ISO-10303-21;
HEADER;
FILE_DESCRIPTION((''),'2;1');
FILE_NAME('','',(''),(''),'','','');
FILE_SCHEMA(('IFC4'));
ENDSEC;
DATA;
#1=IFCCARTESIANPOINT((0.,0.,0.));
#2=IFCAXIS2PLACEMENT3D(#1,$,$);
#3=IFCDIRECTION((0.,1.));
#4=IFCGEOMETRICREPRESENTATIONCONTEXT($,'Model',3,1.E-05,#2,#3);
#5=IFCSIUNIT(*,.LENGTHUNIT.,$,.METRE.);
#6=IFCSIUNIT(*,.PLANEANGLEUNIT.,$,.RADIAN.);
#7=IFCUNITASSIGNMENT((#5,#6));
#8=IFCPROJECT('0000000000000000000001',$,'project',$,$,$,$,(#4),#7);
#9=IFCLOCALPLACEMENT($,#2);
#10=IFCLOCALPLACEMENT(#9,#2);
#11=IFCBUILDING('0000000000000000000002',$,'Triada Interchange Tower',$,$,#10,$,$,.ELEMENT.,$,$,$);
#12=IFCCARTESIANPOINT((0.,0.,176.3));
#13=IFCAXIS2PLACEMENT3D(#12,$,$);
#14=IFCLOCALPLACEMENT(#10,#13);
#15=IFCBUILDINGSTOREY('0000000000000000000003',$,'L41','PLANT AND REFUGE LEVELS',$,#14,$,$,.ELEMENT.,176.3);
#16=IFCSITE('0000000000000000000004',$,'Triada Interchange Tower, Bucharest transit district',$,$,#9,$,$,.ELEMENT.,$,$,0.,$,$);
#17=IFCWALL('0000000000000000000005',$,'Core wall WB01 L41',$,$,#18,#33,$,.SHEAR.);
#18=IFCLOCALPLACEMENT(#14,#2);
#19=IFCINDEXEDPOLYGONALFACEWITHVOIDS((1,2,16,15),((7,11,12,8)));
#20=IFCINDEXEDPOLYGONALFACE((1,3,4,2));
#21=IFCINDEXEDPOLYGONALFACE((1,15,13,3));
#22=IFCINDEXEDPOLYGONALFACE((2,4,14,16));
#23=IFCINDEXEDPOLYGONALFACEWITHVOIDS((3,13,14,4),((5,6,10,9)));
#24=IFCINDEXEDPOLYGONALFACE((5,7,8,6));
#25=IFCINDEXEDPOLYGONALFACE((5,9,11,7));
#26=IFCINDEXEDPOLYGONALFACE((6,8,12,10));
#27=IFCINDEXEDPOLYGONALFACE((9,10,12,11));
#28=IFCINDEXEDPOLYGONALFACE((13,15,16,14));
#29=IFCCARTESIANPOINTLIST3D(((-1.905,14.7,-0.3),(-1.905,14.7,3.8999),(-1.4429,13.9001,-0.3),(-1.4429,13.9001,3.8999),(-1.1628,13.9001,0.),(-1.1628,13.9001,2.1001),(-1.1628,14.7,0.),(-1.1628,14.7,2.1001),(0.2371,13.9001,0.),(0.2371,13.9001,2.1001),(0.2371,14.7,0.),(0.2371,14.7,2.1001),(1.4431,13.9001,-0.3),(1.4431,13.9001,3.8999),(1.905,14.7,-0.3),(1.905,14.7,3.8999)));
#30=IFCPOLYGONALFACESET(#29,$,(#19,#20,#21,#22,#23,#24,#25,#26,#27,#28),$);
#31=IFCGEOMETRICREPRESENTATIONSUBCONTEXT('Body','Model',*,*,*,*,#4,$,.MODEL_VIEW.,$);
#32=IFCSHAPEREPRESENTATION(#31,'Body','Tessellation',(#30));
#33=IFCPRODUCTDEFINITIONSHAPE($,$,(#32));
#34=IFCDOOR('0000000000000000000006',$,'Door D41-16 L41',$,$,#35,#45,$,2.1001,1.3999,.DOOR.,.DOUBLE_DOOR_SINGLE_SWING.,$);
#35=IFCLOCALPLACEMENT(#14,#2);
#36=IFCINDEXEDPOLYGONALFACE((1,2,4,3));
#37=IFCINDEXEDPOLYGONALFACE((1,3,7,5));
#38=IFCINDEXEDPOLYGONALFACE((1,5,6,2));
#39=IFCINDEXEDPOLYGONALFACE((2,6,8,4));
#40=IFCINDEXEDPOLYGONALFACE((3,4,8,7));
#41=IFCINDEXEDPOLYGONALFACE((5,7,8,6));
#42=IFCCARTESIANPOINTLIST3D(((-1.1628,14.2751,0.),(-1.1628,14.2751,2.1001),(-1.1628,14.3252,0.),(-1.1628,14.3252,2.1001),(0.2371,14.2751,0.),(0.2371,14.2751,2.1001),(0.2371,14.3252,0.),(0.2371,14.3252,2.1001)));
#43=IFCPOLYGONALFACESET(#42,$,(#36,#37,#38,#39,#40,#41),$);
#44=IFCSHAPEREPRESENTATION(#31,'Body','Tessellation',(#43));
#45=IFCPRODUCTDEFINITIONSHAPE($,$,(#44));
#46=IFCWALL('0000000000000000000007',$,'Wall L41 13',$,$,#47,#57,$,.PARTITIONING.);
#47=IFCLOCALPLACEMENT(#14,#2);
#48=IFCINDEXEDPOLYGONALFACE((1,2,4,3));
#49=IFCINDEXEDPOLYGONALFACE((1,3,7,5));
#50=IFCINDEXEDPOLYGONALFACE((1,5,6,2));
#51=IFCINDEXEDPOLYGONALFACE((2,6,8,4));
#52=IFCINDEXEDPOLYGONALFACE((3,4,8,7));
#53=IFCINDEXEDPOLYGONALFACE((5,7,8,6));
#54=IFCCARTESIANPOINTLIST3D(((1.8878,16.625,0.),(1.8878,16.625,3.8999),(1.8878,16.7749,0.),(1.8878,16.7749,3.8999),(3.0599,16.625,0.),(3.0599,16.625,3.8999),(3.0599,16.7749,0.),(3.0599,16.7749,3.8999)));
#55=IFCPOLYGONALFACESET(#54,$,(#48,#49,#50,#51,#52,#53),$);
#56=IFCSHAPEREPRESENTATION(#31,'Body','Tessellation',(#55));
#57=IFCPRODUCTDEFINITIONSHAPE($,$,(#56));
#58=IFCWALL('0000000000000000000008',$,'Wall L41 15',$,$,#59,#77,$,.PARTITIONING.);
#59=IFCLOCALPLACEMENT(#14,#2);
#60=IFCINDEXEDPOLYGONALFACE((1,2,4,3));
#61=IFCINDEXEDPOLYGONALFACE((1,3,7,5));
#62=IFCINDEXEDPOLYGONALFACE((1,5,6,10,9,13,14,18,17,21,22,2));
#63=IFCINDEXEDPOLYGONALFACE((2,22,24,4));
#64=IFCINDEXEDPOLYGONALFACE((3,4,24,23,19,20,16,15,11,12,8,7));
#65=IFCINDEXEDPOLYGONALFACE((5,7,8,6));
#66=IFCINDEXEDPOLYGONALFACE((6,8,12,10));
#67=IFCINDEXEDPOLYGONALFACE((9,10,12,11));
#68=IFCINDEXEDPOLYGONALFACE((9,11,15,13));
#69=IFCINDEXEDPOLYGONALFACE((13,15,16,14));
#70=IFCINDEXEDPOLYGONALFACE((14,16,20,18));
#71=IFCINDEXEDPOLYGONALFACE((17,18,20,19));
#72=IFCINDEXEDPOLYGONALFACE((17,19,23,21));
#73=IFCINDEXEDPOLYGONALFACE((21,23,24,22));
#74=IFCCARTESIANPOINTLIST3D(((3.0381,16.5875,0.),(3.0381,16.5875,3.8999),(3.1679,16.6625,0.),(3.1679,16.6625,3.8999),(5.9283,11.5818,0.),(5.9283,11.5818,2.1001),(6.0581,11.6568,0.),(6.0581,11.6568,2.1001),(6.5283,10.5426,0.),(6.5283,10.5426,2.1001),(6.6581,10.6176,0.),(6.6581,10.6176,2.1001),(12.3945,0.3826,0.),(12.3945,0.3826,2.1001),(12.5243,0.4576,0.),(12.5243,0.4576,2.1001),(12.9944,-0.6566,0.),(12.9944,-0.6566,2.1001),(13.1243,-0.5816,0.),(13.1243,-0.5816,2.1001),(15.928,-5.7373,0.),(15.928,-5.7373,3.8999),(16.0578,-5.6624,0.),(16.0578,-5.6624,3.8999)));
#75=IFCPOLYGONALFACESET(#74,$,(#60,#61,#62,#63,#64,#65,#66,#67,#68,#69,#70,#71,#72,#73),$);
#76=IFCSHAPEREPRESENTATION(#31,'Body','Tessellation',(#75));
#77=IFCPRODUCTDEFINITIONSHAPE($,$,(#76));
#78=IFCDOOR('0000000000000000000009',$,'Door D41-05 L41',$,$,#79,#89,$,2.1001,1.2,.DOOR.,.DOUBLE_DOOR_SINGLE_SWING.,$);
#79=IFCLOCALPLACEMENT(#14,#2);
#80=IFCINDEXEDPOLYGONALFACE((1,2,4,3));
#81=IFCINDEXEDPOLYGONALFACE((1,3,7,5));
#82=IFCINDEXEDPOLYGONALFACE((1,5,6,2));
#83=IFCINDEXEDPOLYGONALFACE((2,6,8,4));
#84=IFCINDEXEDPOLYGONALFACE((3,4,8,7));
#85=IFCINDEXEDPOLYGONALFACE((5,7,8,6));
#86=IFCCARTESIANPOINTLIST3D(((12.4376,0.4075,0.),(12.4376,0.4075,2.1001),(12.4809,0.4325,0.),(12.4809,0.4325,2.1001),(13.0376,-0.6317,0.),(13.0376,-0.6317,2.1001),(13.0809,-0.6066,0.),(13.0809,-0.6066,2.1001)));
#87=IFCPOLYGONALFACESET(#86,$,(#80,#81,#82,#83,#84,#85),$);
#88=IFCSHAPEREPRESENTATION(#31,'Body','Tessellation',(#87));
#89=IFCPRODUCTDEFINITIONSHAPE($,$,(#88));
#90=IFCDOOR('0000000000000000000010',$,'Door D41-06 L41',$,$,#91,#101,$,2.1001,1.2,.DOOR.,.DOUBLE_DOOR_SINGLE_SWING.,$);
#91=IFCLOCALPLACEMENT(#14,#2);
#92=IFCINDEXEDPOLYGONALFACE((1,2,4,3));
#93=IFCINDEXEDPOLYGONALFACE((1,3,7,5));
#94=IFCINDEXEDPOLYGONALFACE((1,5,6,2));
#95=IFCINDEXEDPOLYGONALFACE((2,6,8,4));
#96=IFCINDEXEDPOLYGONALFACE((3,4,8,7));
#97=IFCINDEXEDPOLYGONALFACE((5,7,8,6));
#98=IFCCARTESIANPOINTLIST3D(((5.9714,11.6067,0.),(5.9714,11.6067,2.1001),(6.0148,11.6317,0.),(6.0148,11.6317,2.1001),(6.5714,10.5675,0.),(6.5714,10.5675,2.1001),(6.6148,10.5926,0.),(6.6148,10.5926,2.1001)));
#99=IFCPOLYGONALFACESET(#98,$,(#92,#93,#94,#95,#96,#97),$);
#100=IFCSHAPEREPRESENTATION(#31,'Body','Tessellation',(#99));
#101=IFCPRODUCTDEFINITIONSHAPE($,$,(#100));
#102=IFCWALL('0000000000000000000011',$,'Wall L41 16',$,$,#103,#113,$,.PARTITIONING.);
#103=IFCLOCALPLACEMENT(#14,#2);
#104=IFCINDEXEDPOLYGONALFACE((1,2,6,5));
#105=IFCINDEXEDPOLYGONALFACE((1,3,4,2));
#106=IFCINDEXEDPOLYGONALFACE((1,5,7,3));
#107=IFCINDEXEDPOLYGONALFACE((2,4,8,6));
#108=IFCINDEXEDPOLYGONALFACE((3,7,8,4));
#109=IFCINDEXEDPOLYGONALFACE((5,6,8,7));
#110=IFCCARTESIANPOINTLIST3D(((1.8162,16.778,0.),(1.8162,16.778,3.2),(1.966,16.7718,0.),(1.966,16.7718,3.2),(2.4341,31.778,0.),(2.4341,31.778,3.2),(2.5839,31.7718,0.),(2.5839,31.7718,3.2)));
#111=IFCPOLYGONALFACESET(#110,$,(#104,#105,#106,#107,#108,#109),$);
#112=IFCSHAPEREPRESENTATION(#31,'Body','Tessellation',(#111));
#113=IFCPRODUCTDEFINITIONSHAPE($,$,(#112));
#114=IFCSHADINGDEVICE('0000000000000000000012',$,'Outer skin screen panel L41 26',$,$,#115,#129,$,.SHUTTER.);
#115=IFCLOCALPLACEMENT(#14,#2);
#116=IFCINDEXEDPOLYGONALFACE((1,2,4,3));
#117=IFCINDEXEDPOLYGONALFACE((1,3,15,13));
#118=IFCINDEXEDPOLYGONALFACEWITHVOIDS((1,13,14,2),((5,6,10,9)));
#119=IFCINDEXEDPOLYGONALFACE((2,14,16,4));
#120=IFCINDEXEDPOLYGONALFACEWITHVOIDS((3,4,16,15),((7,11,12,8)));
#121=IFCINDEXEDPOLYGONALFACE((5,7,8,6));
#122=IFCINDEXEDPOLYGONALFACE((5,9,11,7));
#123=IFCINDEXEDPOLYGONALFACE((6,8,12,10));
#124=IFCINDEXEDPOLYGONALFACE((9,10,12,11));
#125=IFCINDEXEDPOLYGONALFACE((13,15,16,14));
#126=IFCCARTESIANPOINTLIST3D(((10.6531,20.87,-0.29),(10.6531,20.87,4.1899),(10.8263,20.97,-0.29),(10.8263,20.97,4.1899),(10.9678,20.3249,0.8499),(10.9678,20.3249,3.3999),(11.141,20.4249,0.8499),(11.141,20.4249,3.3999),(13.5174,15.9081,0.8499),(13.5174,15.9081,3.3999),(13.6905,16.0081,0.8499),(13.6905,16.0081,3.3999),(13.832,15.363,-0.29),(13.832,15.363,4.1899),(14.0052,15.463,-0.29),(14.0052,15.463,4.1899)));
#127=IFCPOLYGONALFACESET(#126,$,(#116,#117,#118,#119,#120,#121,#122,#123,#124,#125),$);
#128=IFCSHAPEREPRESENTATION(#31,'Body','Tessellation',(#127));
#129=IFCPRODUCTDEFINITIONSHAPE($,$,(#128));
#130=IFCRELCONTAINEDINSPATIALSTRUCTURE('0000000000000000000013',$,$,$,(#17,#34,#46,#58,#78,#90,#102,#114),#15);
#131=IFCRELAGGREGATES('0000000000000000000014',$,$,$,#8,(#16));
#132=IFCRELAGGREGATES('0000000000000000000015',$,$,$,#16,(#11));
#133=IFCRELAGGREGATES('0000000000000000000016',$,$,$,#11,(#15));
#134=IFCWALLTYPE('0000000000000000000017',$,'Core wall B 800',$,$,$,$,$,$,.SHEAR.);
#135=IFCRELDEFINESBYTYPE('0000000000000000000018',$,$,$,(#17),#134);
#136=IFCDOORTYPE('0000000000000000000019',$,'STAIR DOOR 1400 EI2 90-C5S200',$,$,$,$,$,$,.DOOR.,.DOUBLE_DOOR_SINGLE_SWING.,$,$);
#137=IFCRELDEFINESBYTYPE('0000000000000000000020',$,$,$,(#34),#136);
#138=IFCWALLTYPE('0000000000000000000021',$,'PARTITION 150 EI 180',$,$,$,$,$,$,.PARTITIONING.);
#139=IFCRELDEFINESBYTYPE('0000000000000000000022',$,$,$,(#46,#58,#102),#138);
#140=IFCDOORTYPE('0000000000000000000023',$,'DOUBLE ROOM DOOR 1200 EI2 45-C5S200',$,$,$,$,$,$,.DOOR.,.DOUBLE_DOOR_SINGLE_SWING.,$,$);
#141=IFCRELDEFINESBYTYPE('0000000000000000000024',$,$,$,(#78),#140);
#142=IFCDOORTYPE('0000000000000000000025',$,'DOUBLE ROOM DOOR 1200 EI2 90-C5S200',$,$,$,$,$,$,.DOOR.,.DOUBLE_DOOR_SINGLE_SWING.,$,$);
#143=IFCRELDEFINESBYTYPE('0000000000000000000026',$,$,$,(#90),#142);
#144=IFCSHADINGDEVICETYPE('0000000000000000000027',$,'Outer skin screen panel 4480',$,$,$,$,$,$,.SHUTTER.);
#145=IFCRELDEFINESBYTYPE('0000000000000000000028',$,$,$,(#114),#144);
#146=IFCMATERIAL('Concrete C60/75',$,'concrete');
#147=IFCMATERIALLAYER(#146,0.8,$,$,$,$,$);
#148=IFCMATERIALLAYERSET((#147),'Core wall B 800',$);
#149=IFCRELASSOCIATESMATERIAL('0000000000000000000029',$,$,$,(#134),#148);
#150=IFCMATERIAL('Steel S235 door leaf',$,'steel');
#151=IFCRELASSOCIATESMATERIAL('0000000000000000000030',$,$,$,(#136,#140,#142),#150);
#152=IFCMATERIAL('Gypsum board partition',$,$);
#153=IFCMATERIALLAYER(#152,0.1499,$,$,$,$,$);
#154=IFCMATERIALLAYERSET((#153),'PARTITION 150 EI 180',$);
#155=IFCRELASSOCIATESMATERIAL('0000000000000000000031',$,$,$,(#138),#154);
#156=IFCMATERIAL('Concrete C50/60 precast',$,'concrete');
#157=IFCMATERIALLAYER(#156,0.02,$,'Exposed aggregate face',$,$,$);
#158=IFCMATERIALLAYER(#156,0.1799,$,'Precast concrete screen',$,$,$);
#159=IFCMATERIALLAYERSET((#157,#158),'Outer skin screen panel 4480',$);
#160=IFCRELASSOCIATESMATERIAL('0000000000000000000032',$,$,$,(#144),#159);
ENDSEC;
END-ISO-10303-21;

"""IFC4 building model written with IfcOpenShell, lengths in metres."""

from ifc_helpers import new_model, si_unit, direction, frame, frame_2d, origin, place, context, subcontext, project, spatial, polyline, rectangle, outline, extrude, material, layer, layer_set, type_object, element, fill, save


model = new_model("IFC4")

# Units and contexts
model_context = context("Model", 3, precision=1e-05, world=origin(), true_north=direction((0.0, 1.0)))
body_context = subcontext(model_context, "Body", "Model", "MODEL_VIEW")
ifc_project = project(units=[si_unit("LENGTHUNIT", "METRE"), si_unit("PLANEANGLEUNIT", "RADIAN")], contexts=[model_context])

# Site, building, storey
site_placement = place(None, origin())
site = spatial("IfcSite", under=ifc_project, at=site_placement, Name="Triada Interchange Tower, Bucharest transit district", CompositionType="ELEMENT", RefElevation=0.0)
building_placement = place(site_placement, origin())
building = spatial("IfcBuilding", under=site, at=building_placement, Name="Triada Interchange Tower", CompositionType="ELEMENT")
storey_placement = place(building_placement, frame((0.0, 0.0, 176.3)))
storey = spatial("IfcBuildingStorey", under=building, at=storey_placement, Name="L41", Description="PLANT AND REFUGE LEVELS", CompositionType="ELEMENT", Elevation=176.3)

# Shared definitions
ifc_material_1 = material(Name="Concrete C60/75", Category="concrete")

# Wall, opening, door
ifc_layer_1 = layer(ifc_material_1, 0.8)
ifc_layer_set_1 = layer_set([ifc_layer_1], Name="Core wall B 800")
wall_type_1 = type_object("IfcWallType", Name="Core wall B 800", PredefinedType="SHEAR", material=ifc_layer_set_1)
wall_1_placement = place(storey_placement, frame((1.6741, 14.3, -0.3), z_axis=(0.0, 0.0, 1.0), x_axis=(-1.0, 0.0, 0.0)))
wall_1 = element("IfcWall", 1, at=wall_1_placement, inside=storey, type_object=wall_type_1, Name="Core wall WB01 L41", PredefinedType="SHEAR", context=body_context, shape_type="SweptSolid", body=[
    extrude(outline(polyline([(-0.231, -0.3999), (1.6741, -0.3999), (3.5791, -0.3999), (3.1169, 0.3999), (1.6738, 0.3999), (0.231, 0.3999), (-0.231, -0.3999)])), origin(), (0.0, 0.0, 1.0), 4.2),
])
opening_1_placement = place(wall_1_placement, frame((1.437, 0.0, 0.3)))
opening_1 = element("IfcOpeningElement", 2, at=opening_1_placement, cuts=wall_1, PredefinedType="OPENING", context=body_context, shape_type="SweptSolid", body=[
    extrude(rectangle(XDim=1.3999, YDim=2.1001, at=frame_2d((0.7, 1.05))), frame((0.0, 0.4099, 0.0), z_axis=(0.0, -1.0, 0.0), x_axis=(1.0, 0.0, 0.0)), (0.0, 0.0, 1.0), 0.8201),
])
ifc_material_2 = material(Name="Steel S235 door leaf", Category="steel")
door_type_1 = type_object("IfcDoorType", Name="STAIR DOOR 1400 EI2 90-C5S200", OperationType="DOUBLE_DOOR_SINGLE_SWING", PredefinedType="DOOR", material=ifc_material_2)
door_1_placement = place(opening_1_placement, origin())
door_1 = element("IfcDoor", 3, at=door_1_placement, inside=storey, type_object=door_type_1, Name="Door D41-16 L41", OperationType="DOUBLE_DOOR_SINGLE_SWING", OverallHeight=2.1001, OverallWidth=1.3999, PredefinedType="DOOR", context=body_context, shape_type="SweptSolid", body=[
    extrude(rectangle(XDim=1.3999, YDim=2.1001, at=frame_2d((0.7, 1.05))), frame((0.0, 0.0249, 0.0), z_axis=(0.0, -1.0, 0.0), x_axis=(1.0, 0.0, 0.0)), (0.0, 0.0, 1.0), 0.05),
])
fill(opening_1, door_1)

# Wall
ifc_material_3 = material(Name="Gypsum board partition")
ifc_layer_2 = layer(ifc_material_3, 0.1499)
ifc_layer_set_2 = layer_set([ifc_layer_2], Name="PARTITION 150 EI 180")
wall_type_2 = type_object("IfcWallType", Name="PARTITION 150 EI 180", PredefinedType="PARTITIONING", material=ifc_layer_set_2)
wall_2_placement = place(storey_placement, frame((1.8879, 16.7, 0.0), z_axis=(0.0, 0.0, 1.0), x_axis=(1.0, 0.0, 0.0)))
element("IfcWall", 4, at=wall_2_placement, inside=storey, type_object=wall_type_2, Name="Wall L41 13", PredefinedType="PARTITIONING", context=body_context, shape_type="SweptSolid", body=[
    extrude(rectangle(XDim=1.1721, YDim=0.1499, at=frame_2d((0.5859, 0.0))), origin(), (0.0, 0.0, 1.0), 3.8999),
])

# Wall, openings, doors
wall_3_placement = place(storey_placement, frame((3.103, 16.625, 0.0), z_axis=(0.0, 0.0, 1.0), x_axis=(0.500017, -0.866016, 0.0)))
wall_3 = element("IfcWall", 5, at=wall_3_placement, inside=storey, type_object=wall_type_2, Name="Wall L41 15", PredefinedType="PARTITIONING", context=body_context, shape_type="SweptSolid", body=[
    extrude(rectangle(XDim=25.7788, YDim=0.1499, at=frame_2d((12.8894, 0.0))), origin(), (0.0, 0.0, 1.0), 3.8999),
])
opening_2_placement = place(wall_3_placement, frame((18.7119, 0.0, 0.0)))
opening_2 = element("IfcOpeningElement", 6, at=opening_2_placement, cuts=wall_3, PredefinedType="OPENING", context=body_context, shape_type="SweptSolid", body=[
    extrude(rectangle(XDim=1.2, YDim=2.1001, at=frame_2d((0.6001, 1.05))), frame((0.0, 0.085, 0.0), z_axis=(0.0, -1.0, 0.0), x_axis=(1.0, 0.0, 0.0)), (0.0, 0.0, 1.0), 0.1699),
])
opening_3_placement = place(wall_3_placement, frame((5.78, 0.0, 0.0)))
opening_3 = element("IfcOpeningElement", 7, at=opening_3_placement, cuts=wall_3, PredefinedType="OPENING", context=body_context, shape_type="SweptSolid", body=[
    extrude(rectangle(XDim=1.2, YDim=2.1001, at=frame_2d((0.6001, 1.05))), frame((0.0, 0.085, 0.0), z_axis=(0.0, -1.0, 0.0), x_axis=(1.0, 0.0, 0.0)), (0.0, 0.0, 1.0), 0.1699),
])
door_type_2 = type_object("IfcDoorType", Name="DOUBLE ROOM DOOR 1200 EI2 45-C5S200", OperationType="DOUBLE_DOOR_SINGLE_SWING", PredefinedType="DOOR", material=ifc_material_2)
door_2_placement = place(opening_2_placement, origin())
door_2 = element("IfcDoor", 8, at=door_2_placement, inside=storey, type_object=door_type_2, Name="Door D41-05 L41", OperationType="DOUBLE_DOOR_SINGLE_SWING", OverallHeight=2.1001, OverallWidth=1.2, PredefinedType="DOOR", context=body_context, shape_type="SweptSolid", body=[
    extrude(rectangle(XDim=1.2, YDim=2.1001, at=frame_2d((0.6001, 1.05))), frame((0.0, 0.0249, 0.0), z_axis=(0.0, -1.0, 0.0), x_axis=(1.0, 0.0, 0.0)), (0.0, 0.0, 1.0), 0.05),
])
fill(opening_2, door_2)
door_type_3 = type_object("IfcDoorType", Name="DOUBLE ROOM DOOR 1200 EI2 90-C5S200", OperationType="DOUBLE_DOOR_SINGLE_SWING", PredefinedType="DOOR", material=ifc_material_2)
door_3_placement = place(opening_3_placement, origin())
door_3 = element("IfcDoor", 9, at=door_3_placement, inside=storey, type_object=door_type_3, Name="Door D41-06 L41", OperationType="DOUBLE_DOOR_SINGLE_SWING", OverallHeight=2.1001, OverallWidth=1.2, PredefinedType="DOOR", context=body_context, shape_type="SweptSolid", body=[
    extrude(rectangle(XDim=1.2, YDim=2.1001, at=frame_2d((0.6001, 1.05))), frame((0.0, 0.0249, 0.0), z_axis=(0.0, -1.0, 0.0), x_axis=(1.0, 0.0, 0.0)), (0.0, 0.0, 1.0), 0.05),
])
fill(opening_3, door_3)

# Wall
wall_4_placement = place(storey_placement, frame((1.8911, 16.7749, 0.0), z_axis=(0.0, 0.0, 1.0), x_axis=(0.04116, 0.999153, 0.0)))
element("IfcWall", 10, at=wall_4_placement, inside=storey, type_object=wall_type_2, Name="Wall L41 16", PredefinedType="PARTITIONING", context=body_context, shape_type="SweptSolid", body=[
    extrude(rectangle(XDim=15.0127, YDim=0.1499, at=frame_2d((7.5063, 0.0))), origin(), (0.0, 0.0, 1.0), 3.2),
])

# Shading device
ifc_material_4 = material(Name="Concrete C50/60 precast", Category="concrete")
ifc_layer_3 = layer(ifc_material_4, 0.02, Name="Exposed aggregate face")
ifc_layer_4 = layer(ifc_material_4, 0.1799, Name="Precast concrete screen")
ifc_layer_set_3 = layer_set([ifc_layer_3, ifc_layer_4], Name="Outer skin screen panel 4480")
shading_device_type = type_object("IfcShadingDeviceType", Name="Outer skin screen panel 4480", PredefinedType="SHUTTER", material=ifc_layer_set_3)
shading_device_placement = place(storey_placement, frame((13.832, 15.363, -0.29), z_axis=(0.0, 0.0, 1.0), x_axis=(-0.499934, 0.866063, 0.0)))
element("IfcShadingDevice", 11, at=shading_device_placement, inside=storey, type_object=shading_device_type, Name="Outer skin screen panel L41 26", PredefinedType="SHUTTER", context=body_context, shape_type="SweptSolid", body=[
    extrude(outline(polyline([(0.0, 0.0), (6.3586, 0.0), (6.3586, 4.48), (0.0, 4.48), (0.0, 0.0)]), holes=[polyline([(0.6294, 1.1399), (0.6294, 3.6899), (5.7292, 3.6899), (5.7292, 1.1399), (0.6294, 1.1399)])]), frame((0.0, 0.0, 0.0), z_axis=(0.0, -1.0, 0.0), x_axis=(1.0, 0.0, 0.0)), (0.0, 0.0, 1.0), 0.2),
])

save(model, "model.ifc")
